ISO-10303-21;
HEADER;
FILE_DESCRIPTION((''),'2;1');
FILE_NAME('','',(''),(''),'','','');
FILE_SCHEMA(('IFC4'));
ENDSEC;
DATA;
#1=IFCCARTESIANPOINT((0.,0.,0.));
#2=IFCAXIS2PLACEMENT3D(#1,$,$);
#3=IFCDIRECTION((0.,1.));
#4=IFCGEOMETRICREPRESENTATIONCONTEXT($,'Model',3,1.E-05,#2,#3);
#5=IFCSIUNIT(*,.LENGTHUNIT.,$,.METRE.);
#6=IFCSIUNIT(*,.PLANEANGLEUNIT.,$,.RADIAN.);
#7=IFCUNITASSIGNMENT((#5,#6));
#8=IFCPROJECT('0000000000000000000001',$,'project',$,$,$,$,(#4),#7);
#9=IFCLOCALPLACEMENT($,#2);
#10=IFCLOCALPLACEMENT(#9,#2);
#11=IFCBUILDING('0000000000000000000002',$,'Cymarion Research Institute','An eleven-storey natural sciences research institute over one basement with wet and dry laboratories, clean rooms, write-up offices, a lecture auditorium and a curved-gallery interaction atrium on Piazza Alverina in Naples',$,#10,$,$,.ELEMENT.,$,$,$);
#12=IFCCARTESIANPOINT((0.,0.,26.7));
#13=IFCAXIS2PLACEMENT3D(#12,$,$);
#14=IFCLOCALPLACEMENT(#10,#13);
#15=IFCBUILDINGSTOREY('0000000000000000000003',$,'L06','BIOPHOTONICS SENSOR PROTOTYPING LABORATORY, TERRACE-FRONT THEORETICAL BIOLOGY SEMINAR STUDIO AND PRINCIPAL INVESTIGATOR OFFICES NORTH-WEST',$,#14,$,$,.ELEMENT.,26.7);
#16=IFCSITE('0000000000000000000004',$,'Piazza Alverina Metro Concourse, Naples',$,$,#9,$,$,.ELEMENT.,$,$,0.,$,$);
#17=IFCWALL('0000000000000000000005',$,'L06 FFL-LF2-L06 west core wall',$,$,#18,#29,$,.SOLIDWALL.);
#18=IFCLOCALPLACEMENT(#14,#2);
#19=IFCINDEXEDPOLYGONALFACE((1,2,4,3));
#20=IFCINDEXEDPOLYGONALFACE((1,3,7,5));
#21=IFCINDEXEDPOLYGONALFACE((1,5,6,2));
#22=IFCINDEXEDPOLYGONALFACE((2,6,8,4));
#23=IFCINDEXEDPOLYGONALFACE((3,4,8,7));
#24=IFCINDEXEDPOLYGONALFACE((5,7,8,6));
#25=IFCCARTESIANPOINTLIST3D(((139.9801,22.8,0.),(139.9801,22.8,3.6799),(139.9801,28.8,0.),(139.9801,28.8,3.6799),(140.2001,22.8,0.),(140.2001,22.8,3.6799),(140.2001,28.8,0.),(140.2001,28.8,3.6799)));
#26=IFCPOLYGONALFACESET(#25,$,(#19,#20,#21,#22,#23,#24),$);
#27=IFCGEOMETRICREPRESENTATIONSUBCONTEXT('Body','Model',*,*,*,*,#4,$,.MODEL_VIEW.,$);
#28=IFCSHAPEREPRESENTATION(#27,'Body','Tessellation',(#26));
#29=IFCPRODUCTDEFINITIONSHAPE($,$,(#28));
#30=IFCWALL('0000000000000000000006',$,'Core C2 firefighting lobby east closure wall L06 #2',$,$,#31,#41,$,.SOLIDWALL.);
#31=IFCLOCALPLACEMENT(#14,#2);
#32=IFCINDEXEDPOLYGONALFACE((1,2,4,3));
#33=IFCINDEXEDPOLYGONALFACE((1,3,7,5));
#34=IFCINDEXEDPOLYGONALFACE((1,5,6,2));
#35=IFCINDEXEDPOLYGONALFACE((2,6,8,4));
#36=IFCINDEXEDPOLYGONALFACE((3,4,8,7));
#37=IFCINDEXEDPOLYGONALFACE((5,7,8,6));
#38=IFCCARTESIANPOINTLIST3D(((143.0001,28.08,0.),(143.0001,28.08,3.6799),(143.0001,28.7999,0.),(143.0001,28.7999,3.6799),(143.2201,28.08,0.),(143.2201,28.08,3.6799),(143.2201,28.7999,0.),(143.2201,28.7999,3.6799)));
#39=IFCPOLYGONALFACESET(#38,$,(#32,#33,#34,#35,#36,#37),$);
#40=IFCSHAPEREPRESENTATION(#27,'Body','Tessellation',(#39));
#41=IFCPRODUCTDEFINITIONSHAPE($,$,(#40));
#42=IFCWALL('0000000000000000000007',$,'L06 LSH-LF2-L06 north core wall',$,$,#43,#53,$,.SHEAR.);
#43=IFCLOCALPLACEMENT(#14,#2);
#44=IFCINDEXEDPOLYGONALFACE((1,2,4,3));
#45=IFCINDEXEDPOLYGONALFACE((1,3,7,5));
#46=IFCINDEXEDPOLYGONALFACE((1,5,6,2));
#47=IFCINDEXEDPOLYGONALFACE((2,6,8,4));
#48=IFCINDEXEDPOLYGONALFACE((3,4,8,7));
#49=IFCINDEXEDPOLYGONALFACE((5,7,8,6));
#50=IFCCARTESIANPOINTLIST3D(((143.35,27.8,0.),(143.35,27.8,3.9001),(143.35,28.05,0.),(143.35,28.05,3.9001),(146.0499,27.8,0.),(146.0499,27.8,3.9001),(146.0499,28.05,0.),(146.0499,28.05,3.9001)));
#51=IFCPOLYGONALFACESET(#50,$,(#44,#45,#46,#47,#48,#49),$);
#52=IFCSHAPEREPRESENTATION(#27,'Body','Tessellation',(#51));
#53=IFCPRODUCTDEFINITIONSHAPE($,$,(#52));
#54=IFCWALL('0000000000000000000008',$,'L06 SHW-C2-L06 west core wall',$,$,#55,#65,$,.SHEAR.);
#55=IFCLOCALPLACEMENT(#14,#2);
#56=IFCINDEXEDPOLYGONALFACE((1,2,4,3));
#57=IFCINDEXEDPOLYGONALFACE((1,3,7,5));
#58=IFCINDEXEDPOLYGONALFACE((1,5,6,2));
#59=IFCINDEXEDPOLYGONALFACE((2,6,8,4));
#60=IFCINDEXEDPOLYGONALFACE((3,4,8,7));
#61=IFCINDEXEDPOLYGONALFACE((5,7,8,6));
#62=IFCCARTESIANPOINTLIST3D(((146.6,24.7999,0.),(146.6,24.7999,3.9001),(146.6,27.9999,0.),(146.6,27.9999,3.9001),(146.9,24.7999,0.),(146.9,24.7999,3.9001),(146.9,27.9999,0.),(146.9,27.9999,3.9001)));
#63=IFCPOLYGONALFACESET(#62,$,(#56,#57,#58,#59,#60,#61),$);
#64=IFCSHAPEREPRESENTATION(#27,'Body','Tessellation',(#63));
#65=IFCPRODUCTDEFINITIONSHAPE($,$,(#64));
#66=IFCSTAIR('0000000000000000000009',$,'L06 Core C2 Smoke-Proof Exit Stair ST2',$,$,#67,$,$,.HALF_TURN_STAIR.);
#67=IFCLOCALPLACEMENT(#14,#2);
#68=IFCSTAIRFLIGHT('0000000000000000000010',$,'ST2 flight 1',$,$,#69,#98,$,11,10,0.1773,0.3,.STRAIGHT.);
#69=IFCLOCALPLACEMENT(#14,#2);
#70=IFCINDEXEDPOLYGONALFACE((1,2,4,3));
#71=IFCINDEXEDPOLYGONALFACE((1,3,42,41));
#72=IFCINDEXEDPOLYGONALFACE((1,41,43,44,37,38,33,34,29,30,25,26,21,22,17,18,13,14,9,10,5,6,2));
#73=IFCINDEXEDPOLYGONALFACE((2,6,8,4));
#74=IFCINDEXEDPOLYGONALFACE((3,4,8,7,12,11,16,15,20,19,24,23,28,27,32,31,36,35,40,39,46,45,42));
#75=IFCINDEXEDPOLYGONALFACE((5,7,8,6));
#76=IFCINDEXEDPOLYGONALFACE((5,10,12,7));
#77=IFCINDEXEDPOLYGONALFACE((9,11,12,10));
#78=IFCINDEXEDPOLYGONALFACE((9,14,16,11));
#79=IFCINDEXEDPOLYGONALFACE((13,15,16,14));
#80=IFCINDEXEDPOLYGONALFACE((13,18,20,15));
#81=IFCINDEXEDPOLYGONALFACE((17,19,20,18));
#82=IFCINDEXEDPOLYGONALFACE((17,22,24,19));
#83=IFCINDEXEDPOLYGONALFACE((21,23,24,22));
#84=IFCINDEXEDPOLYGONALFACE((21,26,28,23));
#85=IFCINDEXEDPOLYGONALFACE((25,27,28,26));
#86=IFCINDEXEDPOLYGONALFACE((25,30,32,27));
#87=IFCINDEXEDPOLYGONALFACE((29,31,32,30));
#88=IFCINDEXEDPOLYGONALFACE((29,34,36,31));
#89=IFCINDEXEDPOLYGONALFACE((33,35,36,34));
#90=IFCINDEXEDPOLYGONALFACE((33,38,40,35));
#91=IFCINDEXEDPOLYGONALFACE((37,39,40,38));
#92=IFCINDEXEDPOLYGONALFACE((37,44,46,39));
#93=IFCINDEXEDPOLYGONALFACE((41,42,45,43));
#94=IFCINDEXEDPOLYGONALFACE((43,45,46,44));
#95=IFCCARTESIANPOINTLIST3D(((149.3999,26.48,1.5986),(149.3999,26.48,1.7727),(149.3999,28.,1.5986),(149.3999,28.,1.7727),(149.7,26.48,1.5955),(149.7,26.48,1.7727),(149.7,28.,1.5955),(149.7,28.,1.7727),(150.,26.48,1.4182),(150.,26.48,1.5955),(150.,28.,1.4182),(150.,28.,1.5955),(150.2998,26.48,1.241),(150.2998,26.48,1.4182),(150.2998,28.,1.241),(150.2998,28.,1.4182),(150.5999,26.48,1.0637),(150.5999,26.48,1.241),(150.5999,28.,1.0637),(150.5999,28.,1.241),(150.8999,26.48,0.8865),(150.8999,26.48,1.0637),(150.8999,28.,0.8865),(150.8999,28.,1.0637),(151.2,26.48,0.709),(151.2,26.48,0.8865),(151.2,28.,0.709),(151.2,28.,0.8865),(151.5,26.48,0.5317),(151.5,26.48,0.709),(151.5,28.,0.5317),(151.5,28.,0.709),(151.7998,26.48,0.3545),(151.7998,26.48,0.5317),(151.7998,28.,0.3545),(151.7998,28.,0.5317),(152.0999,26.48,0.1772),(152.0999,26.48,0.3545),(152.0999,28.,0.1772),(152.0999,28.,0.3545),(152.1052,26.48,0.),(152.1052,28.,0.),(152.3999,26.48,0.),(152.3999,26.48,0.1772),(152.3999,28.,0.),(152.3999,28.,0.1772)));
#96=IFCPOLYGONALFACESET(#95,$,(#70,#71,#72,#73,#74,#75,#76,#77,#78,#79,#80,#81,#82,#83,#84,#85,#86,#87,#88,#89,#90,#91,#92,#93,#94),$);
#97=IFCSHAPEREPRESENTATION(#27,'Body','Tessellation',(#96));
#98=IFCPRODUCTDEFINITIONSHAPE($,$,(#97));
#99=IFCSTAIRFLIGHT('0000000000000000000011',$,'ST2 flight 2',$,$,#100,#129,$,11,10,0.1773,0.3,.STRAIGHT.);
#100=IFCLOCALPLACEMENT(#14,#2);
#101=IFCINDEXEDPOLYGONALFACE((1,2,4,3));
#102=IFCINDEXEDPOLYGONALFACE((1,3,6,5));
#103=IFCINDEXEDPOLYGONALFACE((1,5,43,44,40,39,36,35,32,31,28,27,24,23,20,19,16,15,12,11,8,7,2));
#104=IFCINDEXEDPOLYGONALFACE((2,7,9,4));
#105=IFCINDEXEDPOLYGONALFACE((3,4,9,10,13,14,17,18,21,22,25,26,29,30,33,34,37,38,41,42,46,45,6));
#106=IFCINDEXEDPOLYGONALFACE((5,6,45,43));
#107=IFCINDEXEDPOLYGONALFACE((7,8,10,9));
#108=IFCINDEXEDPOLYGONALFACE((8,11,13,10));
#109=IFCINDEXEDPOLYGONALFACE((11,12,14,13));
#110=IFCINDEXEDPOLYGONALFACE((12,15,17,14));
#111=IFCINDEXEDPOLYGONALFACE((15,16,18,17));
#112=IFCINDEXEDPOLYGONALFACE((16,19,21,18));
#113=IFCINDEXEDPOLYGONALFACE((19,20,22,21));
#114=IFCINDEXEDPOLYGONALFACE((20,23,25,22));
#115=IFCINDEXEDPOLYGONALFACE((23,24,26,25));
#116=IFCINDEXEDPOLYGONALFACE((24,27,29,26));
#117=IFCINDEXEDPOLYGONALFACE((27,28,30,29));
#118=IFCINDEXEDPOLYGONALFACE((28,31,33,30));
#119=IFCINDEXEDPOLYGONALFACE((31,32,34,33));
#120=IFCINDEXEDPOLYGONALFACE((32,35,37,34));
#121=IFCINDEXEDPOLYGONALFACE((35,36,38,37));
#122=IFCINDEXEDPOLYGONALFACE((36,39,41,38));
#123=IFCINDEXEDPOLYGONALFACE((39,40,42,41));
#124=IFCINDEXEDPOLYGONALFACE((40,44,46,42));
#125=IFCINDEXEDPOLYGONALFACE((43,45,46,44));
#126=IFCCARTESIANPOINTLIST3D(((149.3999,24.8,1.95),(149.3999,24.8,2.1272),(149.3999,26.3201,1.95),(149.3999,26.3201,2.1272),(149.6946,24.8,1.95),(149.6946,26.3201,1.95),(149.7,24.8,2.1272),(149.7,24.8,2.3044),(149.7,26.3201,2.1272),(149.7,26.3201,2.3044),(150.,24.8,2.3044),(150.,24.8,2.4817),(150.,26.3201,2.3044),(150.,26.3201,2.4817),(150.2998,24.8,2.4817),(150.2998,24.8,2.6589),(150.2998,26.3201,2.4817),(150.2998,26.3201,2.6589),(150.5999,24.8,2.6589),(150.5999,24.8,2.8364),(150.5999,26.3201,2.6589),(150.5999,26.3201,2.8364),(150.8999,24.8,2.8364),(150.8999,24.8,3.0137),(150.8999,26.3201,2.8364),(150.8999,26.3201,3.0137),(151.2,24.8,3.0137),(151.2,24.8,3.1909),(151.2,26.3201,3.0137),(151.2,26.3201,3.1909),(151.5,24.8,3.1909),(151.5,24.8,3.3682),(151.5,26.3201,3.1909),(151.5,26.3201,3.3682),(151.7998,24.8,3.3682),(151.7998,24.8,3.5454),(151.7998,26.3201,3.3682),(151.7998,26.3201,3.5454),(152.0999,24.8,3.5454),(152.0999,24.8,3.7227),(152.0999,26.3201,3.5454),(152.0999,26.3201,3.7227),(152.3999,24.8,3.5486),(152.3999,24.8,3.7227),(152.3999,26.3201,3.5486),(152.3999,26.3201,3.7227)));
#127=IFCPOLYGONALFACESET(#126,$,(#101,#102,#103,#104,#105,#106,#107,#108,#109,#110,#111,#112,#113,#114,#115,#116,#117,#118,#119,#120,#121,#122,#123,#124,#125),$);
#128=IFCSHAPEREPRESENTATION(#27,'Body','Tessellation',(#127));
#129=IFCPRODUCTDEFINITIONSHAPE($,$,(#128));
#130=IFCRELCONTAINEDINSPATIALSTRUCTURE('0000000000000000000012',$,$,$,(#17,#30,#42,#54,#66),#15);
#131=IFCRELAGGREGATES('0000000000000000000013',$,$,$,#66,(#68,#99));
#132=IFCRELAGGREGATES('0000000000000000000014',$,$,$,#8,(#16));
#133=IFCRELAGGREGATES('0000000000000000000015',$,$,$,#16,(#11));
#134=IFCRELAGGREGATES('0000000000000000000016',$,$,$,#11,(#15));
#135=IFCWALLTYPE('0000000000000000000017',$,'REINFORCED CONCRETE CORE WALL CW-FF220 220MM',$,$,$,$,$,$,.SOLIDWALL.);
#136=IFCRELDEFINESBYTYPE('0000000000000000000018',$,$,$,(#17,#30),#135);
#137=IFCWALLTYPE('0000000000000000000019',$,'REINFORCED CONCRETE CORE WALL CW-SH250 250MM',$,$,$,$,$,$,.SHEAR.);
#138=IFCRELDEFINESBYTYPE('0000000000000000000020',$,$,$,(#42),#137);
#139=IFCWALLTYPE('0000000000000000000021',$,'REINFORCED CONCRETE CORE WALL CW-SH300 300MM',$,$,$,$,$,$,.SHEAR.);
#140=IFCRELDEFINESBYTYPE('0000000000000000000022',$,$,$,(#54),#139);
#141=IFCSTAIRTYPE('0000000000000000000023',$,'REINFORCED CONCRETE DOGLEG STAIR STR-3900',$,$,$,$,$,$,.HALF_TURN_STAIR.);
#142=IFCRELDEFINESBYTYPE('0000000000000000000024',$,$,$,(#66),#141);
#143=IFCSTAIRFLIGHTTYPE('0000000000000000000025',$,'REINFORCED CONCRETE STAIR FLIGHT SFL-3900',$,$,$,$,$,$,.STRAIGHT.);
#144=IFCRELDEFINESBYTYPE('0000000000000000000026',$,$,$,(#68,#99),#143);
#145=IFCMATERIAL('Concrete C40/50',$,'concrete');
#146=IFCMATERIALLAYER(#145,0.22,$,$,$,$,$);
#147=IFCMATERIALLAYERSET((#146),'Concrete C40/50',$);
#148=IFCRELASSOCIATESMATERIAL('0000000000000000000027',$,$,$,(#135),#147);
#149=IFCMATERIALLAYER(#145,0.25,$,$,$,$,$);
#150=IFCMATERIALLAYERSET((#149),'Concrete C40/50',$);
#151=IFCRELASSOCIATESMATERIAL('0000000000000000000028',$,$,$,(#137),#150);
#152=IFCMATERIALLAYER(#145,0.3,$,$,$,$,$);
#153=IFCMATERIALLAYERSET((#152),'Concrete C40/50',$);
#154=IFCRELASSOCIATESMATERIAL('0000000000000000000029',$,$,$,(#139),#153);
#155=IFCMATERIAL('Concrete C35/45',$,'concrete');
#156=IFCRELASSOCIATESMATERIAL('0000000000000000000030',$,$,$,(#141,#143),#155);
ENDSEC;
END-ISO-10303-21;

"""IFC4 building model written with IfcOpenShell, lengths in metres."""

from ifc_helpers import new_model, si_unit, direction, frame, frame_2d, origin, place, context, subcontext, project, spatial, polyline, rectangle, outline, extrude, material, layer, layer_set, type_object, element, aggregate, save


model = new_model("IFC4")

# Units and contexts
model_context = context("Model", 3, precision=1e-05, world=origin(), true_north=direction((0.0, 1.0)))
body_context = subcontext(model_context, "Body", "Model", "MODEL_VIEW")
ifc_project = project(units=[si_unit("LENGTHUNIT", "METRE"), si_unit("PLANEANGLEUNIT", "RADIAN")], contexts=[model_context])

# Site, building, storey
site_placement = place(None, origin())
site = spatial("IfcSite", under=ifc_project, at=site_placement, Name="Piazza Alverina Metro Concourse, Naples", CompositionType="ELEMENT", RefElevation=0.0)
building_placement = place(site_placement, origin())
building = spatial("IfcBuilding", under=site, at=building_placement, Name="Cymarion Research Institute", Description="An eleven-storey natural sciences research institute over one basement with wet and dry laboratories, clean rooms, write-up offices, a lecture auditorium and a curved-gallery interaction atrium on Piazza Alverina in Naples", CompositionType="ELEMENT")
storey_placement = place(building_placement, frame((0.0, 0.0, 26.7)))
storey = spatial("IfcBuildingStorey", under=building, at=storey_placement, Name="L06", Description="BIOPHOTONICS SENSOR PROTOTYPING LABORATORY, TERRACE-FRONT THEORETICAL BIOLOGY SEMINAR STUDIO AND PRINCIPAL INVESTIGATOR OFFICES NORTH-WEST", CompositionType="ELEMENT", Elevation=26.7)

# Walls
ifc_material_1 = material(Name="Concrete C40/50", Category="concrete")
ifc_layer_1 = layer(ifc_material_1, 0.22)
ifc_layer_set_1 = layer_set([ifc_layer_1], Name="Concrete C40/50")
wall_type_1 = type_object("IfcWallType", Name="REINFORCED CONCRETE CORE WALL CW-FF220 220MM", PredefinedType="SOLIDWALL", material=ifc_layer_set_1)
wall_1_placement = place(storey_placement, frame((140.0901, 28.8, 0.0), z_axis=(0.0, 0.0, 1.0), x_axis=(0.0, -1.0, 0.0)))
element("IfcWall", 1, at=wall_1_placement, inside=storey, type_object=wall_type_1, Name="L06 FFL-LF2-L06 west core wall", PredefinedType="SOLIDWALL", context=body_context, shape_type="SweptSolid", body=[
    extrude(rectangle(XDim=6.0, YDim=0.22, at=frame_2d((3.0, 0.0))), origin(), (0.0, 0.0, 1.0), 3.6799),
])
wall_2_placement = place(storey_placement, frame((143.1101, 28.0801, 0.0), z_axis=(0.0, 0.0, 1.0), x_axis=(0.0, 1.0, 0.0)))
element("IfcWall", 2, at=wall_2_placement, inside=storey, type_object=wall_type_1, Name="Core C2 firefighting lobby east closure wall L06 #2", PredefinedType="SOLIDWALL", context=body_context, shape_type="SweptSolid", body=[
    extrude(rectangle(XDim=0.72, YDim=0.22, at=frame_2d((0.3599, 0.0))), origin(), (0.0, 0.0, 1.0), 3.6799),
])
ifc_layer_2 = layer(ifc_material_1, 0.25)
ifc_layer_set_2 = layer_set([ifc_layer_2], Name="Concrete C40/50")
wall_type_2 = type_object("IfcWallType", Name="REINFORCED CONCRETE CORE WALL CW-SH250 250MM", PredefinedType="SHEAR", material=ifc_layer_set_2)
wall_3_placement = place(storey_placement, frame((146.05, 27.925, 0.0), z_axis=(0.0, 0.0, 1.0), x_axis=(-1.0, 0.0, 0.0)))
element("IfcWall", 3, at=wall_3_placement, inside=storey, type_object=wall_type_2, Name="L06 LSH-LF2-L06 north core wall", PredefinedType="SHEAR", context=body_context, shape_type="SweptSolid", body=[
    extrude(rectangle(XDim=2.7, YDim=0.25, at=frame_2d((1.3501, 0.0))), origin(), (0.0, 0.0, 1.0), 3.9001),
])

# Wall
ifc_layer_3 = layer(ifc_material_1, 0.3)
ifc_layer_set_3 = layer_set([ifc_layer_3], Name="Concrete C40/50")
wall_type_3 = type_object("IfcWallType", Name="REINFORCED CONCRETE CORE WALL CW-SH300 300MM", PredefinedType="SHEAR", material=ifc_layer_set_3)
wall_4_placement = place(storey_placement, frame((146.75, 28.0, 0.0), z_axis=(0.0, 0.0, 1.0), x_axis=(0.0, -1.0, 0.0)))
element("IfcWall", 4, at=wall_4_placement, inside=storey, type_object=wall_type_3, Name="L06 SHW-C2-L06 west core wall", PredefinedType="SHEAR", context=body_context, shape_type="SweptSolid", body=[
    extrude(rectangle(XDim=3.2, YDim=0.3, at=frame_2d((1.6001, 0.0))), origin(), (0.0, 0.0, 1.0), 3.9001),
])

# Stair, stair flights
ifc_material_2 = material(Name="Concrete C35/45", Category="concrete")
stair_type = type_object("IfcStairType", Name="REINFORCED CONCRETE DOGLEG STAIR STR-3900", PredefinedType="HALF_TURN_STAIR", material=ifc_material_2)
stair_placement = place(storey_placement, origin())
stair = element("IfcStair", 5, at=stair_placement, inside=storey, type_object=stair_type, Name="L06 Core C2 Smoke-Proof Exit Stair ST2", PredefinedType="HALF_TURN_STAIR")
stair_flight_type = type_object("IfcStairFlightType", Name="REINFORCED CONCRETE STAIR FLIGHT SFL-3900", PredefinedType="STRAIGHT", material=ifc_material_2)
stair_flight_1_placement = place(storey_placement, frame((152.3999, 27.24, 0.0), z_axis=(0.0, 0.0, 1.0), x_axis=(-1.0, 0.0, 0.0)))
stair_flight_1 = element("IfcStairFlight", 6, at=stair_flight_1_placement, type_object=stair_flight_type, Name="ST2 flight 1", NumberOfRisers=11, NumberOfTreads=10, PredefinedType="STRAIGHT", RiserHeight=0.1773, TreadLength=0.3, context=body_context, shape_type="SweptSolid", body=[
    extrude(outline(polyline([(0.0, 0.0), (0.0, 0.1772), (0.3, 0.1772), (0.3, 0.3545), (0.6001, 0.3545), (0.6001, 0.5317), (0.8999, 0.5317), (0.8999, 0.709), (1.2, 0.709), (1.2, 0.8865), (1.5, 0.8865), (1.5, 1.0637), (1.8, 1.0637), (1.8, 1.241), (2.1001, 1.241), (2.1001, 1.4182), (2.3999, 1.4182), (2.3999, 1.5955), (2.7, 1.5955), (2.7, 1.7727), (3.0, 1.7727), (3.0, 1.95), (3.0, 1.5986), (0.2947, 0.0), (0.0, 0.0)])), frame((0.0, 0.76, 0.0), z_axis=(0.0, -1.0, 0.0), x_axis=(1.0, 0.0, 0.0)), (0.0, 0.0, 1.0), 1.52),
])
stair_flight_2_placement = place(storey_placement, frame((149.3999, 25.5601, 1.95), z_axis=(0.0, 0.0, 1.0), x_axis=(1.0, 0.0, 0.0)))
stair_flight_2 = element("IfcStairFlight", 7, at=stair_flight_2_placement, type_object=stair_flight_type, Name="ST2 flight 2", NumberOfRisers=11, NumberOfTreads=10, PredefinedType="STRAIGHT", RiserHeight=0.1773, TreadLength=0.3, context=body_context, shape_type="SweptSolid", body=[
    extrude(outline(polyline([(0.0, 0.0), (0.0, 0.1772), (0.3, 0.1772), (0.3, 0.3545), (0.6001, 0.3545), (0.6001, 0.5317), (0.8999, 0.5317), (0.8999, 0.709), (1.2, 0.709), (1.2, 0.8865), (1.5, 0.8865), (1.5, 1.0637), (1.8, 1.0637), (1.8, 1.241), (2.1001, 1.241), (2.1001, 1.4182), (2.3999, 1.4182), (2.3999, 1.5955), (2.7, 1.5955), (2.7, 1.7727), (3.0, 1.7727), (3.0, 1.95), (3.0, 1.5986), (0.2947, 0.0), (0.0, 0.0)])), frame((0.0, 0.76, 0.0), z_axis=(0.0, -1.0, 0.0), x_axis=(1.0, 0.0, 0.0)), (0.0, 0.0, 1.0), 1.52),
])
aggregate(stair, [stair_flight_1, stair_flight_2])

save(model, "model.ifc")
